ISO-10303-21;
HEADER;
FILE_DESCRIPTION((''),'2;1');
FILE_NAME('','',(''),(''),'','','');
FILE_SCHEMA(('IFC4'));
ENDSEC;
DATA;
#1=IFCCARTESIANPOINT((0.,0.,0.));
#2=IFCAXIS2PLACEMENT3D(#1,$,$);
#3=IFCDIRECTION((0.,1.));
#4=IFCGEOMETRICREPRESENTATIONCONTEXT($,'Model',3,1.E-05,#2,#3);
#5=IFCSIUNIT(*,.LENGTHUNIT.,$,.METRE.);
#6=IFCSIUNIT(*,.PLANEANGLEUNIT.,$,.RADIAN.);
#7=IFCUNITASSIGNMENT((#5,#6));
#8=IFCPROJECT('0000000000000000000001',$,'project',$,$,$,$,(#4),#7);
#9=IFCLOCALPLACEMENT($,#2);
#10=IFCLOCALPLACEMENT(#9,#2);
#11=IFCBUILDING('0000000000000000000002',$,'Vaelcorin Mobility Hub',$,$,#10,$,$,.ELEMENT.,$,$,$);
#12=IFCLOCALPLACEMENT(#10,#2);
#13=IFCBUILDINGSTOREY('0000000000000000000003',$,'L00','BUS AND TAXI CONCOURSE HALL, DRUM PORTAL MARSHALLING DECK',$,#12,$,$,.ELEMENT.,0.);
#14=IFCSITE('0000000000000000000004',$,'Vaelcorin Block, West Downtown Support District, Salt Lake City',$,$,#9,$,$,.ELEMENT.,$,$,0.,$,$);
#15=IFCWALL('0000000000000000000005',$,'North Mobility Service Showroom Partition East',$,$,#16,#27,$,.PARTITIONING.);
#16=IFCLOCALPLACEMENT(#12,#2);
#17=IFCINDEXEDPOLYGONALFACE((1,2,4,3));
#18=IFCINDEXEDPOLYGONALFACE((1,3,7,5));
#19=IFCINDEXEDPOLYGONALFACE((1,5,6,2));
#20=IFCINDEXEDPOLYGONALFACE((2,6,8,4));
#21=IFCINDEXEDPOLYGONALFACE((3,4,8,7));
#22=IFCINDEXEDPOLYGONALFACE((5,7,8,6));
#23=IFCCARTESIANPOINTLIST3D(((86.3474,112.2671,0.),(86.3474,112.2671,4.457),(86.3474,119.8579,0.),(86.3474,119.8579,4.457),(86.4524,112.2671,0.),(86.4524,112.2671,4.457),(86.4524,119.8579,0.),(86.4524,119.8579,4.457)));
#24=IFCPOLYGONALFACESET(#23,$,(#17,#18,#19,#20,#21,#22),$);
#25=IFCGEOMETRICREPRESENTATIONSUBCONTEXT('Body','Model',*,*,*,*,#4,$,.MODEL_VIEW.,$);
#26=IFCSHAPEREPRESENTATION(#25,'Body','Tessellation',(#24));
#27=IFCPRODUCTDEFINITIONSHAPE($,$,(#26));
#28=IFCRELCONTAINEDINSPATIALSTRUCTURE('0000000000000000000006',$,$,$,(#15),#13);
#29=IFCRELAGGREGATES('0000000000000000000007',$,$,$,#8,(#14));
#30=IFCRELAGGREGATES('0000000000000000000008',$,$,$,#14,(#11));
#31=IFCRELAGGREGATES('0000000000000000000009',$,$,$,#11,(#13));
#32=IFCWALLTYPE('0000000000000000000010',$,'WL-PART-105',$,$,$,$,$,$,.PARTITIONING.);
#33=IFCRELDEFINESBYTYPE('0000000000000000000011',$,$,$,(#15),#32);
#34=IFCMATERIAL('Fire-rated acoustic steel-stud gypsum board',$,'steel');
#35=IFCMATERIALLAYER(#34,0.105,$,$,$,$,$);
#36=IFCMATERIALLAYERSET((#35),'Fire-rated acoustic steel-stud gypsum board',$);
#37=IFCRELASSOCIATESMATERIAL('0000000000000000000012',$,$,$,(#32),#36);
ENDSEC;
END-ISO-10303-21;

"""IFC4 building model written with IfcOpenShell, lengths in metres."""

from ifc_helpers import new_model, si_unit, direction, frame, frame_2d, origin, place, context, subcontext, project, spatial, rectangle, extrude, material, layer, layer_set, type_object, element, save


model = new_model("IFC4")

# Units and contexts
model_context = context("Model", 3, precision=1e-05, world=origin(), true_north=direction((0.0, 1.0)))
body_context = subcontext(model_context, "Body", "Model", "MODEL_VIEW")
ifc_project = project(units=[si_unit("LENGTHUNIT", "METRE"), si_unit("PLANEANGLEUNIT", "RADIAN")], contexts=[model_context])

# Site, building, storey
site_placement = place(None, origin())
site = spatial("IfcSite", under=ifc_project, at=site_placement, Name="Vaelcorin Block, West Downtown Support District, Salt Lake City", CompositionType="ELEMENT", RefElevation=0.0)
building_placement = place(site_placement, origin())
building = spatial("IfcBuilding", under=site, at=building_placement, Name="Vaelcorin Mobility Hub", CompositionType="ELEMENT")
storey_placement = place(building_placement, origin())
storey = spatial("IfcBuildingStorey", under=building, at=storey_placement, Name="L00", Description="BUS AND TAXI CONCOURSE HALL, DRUM PORTAL MARSHALLING DECK", CompositionType="ELEMENT", Elevation=0.0)

# Wall
ifc_material_1 = material(Name="Fire-rated acoustic steel-stud gypsum board", Category="steel")
ifc_layer_1 = layer(ifc_material_1, 0.105)
ifc_layer_set_1 = layer_set([ifc_layer_1], Name="Fire-rated acoustic steel-stud gypsum board")
wall_type = type_object("IfcWallType", Name="WL-PART-105", PredefinedType="PARTITIONING", material=ifc_layer_set_1)
wall_placement = place(storey_placement, frame((86.3999, 119.8579, 0.0), z_axis=(0.0, 0.0, 1.0), x_axis=(0.0, -1.0, 0.0)))
element("IfcWall", 1, at=wall_placement, inside=storey, type_object=wall_type, Name="North Mobility Service Showroom Partition East", PredefinedType="PARTITIONING", context=body_context, shape_type="SweptSolid", body=[
    extrude(rectangle(XDim=7.5908, YDim=0.105, at=frame_2d((3.7954, 0.0))), origin(), (0.0, 0.0, 1.0), 4.457),
])

save(model, "model.ifc")
